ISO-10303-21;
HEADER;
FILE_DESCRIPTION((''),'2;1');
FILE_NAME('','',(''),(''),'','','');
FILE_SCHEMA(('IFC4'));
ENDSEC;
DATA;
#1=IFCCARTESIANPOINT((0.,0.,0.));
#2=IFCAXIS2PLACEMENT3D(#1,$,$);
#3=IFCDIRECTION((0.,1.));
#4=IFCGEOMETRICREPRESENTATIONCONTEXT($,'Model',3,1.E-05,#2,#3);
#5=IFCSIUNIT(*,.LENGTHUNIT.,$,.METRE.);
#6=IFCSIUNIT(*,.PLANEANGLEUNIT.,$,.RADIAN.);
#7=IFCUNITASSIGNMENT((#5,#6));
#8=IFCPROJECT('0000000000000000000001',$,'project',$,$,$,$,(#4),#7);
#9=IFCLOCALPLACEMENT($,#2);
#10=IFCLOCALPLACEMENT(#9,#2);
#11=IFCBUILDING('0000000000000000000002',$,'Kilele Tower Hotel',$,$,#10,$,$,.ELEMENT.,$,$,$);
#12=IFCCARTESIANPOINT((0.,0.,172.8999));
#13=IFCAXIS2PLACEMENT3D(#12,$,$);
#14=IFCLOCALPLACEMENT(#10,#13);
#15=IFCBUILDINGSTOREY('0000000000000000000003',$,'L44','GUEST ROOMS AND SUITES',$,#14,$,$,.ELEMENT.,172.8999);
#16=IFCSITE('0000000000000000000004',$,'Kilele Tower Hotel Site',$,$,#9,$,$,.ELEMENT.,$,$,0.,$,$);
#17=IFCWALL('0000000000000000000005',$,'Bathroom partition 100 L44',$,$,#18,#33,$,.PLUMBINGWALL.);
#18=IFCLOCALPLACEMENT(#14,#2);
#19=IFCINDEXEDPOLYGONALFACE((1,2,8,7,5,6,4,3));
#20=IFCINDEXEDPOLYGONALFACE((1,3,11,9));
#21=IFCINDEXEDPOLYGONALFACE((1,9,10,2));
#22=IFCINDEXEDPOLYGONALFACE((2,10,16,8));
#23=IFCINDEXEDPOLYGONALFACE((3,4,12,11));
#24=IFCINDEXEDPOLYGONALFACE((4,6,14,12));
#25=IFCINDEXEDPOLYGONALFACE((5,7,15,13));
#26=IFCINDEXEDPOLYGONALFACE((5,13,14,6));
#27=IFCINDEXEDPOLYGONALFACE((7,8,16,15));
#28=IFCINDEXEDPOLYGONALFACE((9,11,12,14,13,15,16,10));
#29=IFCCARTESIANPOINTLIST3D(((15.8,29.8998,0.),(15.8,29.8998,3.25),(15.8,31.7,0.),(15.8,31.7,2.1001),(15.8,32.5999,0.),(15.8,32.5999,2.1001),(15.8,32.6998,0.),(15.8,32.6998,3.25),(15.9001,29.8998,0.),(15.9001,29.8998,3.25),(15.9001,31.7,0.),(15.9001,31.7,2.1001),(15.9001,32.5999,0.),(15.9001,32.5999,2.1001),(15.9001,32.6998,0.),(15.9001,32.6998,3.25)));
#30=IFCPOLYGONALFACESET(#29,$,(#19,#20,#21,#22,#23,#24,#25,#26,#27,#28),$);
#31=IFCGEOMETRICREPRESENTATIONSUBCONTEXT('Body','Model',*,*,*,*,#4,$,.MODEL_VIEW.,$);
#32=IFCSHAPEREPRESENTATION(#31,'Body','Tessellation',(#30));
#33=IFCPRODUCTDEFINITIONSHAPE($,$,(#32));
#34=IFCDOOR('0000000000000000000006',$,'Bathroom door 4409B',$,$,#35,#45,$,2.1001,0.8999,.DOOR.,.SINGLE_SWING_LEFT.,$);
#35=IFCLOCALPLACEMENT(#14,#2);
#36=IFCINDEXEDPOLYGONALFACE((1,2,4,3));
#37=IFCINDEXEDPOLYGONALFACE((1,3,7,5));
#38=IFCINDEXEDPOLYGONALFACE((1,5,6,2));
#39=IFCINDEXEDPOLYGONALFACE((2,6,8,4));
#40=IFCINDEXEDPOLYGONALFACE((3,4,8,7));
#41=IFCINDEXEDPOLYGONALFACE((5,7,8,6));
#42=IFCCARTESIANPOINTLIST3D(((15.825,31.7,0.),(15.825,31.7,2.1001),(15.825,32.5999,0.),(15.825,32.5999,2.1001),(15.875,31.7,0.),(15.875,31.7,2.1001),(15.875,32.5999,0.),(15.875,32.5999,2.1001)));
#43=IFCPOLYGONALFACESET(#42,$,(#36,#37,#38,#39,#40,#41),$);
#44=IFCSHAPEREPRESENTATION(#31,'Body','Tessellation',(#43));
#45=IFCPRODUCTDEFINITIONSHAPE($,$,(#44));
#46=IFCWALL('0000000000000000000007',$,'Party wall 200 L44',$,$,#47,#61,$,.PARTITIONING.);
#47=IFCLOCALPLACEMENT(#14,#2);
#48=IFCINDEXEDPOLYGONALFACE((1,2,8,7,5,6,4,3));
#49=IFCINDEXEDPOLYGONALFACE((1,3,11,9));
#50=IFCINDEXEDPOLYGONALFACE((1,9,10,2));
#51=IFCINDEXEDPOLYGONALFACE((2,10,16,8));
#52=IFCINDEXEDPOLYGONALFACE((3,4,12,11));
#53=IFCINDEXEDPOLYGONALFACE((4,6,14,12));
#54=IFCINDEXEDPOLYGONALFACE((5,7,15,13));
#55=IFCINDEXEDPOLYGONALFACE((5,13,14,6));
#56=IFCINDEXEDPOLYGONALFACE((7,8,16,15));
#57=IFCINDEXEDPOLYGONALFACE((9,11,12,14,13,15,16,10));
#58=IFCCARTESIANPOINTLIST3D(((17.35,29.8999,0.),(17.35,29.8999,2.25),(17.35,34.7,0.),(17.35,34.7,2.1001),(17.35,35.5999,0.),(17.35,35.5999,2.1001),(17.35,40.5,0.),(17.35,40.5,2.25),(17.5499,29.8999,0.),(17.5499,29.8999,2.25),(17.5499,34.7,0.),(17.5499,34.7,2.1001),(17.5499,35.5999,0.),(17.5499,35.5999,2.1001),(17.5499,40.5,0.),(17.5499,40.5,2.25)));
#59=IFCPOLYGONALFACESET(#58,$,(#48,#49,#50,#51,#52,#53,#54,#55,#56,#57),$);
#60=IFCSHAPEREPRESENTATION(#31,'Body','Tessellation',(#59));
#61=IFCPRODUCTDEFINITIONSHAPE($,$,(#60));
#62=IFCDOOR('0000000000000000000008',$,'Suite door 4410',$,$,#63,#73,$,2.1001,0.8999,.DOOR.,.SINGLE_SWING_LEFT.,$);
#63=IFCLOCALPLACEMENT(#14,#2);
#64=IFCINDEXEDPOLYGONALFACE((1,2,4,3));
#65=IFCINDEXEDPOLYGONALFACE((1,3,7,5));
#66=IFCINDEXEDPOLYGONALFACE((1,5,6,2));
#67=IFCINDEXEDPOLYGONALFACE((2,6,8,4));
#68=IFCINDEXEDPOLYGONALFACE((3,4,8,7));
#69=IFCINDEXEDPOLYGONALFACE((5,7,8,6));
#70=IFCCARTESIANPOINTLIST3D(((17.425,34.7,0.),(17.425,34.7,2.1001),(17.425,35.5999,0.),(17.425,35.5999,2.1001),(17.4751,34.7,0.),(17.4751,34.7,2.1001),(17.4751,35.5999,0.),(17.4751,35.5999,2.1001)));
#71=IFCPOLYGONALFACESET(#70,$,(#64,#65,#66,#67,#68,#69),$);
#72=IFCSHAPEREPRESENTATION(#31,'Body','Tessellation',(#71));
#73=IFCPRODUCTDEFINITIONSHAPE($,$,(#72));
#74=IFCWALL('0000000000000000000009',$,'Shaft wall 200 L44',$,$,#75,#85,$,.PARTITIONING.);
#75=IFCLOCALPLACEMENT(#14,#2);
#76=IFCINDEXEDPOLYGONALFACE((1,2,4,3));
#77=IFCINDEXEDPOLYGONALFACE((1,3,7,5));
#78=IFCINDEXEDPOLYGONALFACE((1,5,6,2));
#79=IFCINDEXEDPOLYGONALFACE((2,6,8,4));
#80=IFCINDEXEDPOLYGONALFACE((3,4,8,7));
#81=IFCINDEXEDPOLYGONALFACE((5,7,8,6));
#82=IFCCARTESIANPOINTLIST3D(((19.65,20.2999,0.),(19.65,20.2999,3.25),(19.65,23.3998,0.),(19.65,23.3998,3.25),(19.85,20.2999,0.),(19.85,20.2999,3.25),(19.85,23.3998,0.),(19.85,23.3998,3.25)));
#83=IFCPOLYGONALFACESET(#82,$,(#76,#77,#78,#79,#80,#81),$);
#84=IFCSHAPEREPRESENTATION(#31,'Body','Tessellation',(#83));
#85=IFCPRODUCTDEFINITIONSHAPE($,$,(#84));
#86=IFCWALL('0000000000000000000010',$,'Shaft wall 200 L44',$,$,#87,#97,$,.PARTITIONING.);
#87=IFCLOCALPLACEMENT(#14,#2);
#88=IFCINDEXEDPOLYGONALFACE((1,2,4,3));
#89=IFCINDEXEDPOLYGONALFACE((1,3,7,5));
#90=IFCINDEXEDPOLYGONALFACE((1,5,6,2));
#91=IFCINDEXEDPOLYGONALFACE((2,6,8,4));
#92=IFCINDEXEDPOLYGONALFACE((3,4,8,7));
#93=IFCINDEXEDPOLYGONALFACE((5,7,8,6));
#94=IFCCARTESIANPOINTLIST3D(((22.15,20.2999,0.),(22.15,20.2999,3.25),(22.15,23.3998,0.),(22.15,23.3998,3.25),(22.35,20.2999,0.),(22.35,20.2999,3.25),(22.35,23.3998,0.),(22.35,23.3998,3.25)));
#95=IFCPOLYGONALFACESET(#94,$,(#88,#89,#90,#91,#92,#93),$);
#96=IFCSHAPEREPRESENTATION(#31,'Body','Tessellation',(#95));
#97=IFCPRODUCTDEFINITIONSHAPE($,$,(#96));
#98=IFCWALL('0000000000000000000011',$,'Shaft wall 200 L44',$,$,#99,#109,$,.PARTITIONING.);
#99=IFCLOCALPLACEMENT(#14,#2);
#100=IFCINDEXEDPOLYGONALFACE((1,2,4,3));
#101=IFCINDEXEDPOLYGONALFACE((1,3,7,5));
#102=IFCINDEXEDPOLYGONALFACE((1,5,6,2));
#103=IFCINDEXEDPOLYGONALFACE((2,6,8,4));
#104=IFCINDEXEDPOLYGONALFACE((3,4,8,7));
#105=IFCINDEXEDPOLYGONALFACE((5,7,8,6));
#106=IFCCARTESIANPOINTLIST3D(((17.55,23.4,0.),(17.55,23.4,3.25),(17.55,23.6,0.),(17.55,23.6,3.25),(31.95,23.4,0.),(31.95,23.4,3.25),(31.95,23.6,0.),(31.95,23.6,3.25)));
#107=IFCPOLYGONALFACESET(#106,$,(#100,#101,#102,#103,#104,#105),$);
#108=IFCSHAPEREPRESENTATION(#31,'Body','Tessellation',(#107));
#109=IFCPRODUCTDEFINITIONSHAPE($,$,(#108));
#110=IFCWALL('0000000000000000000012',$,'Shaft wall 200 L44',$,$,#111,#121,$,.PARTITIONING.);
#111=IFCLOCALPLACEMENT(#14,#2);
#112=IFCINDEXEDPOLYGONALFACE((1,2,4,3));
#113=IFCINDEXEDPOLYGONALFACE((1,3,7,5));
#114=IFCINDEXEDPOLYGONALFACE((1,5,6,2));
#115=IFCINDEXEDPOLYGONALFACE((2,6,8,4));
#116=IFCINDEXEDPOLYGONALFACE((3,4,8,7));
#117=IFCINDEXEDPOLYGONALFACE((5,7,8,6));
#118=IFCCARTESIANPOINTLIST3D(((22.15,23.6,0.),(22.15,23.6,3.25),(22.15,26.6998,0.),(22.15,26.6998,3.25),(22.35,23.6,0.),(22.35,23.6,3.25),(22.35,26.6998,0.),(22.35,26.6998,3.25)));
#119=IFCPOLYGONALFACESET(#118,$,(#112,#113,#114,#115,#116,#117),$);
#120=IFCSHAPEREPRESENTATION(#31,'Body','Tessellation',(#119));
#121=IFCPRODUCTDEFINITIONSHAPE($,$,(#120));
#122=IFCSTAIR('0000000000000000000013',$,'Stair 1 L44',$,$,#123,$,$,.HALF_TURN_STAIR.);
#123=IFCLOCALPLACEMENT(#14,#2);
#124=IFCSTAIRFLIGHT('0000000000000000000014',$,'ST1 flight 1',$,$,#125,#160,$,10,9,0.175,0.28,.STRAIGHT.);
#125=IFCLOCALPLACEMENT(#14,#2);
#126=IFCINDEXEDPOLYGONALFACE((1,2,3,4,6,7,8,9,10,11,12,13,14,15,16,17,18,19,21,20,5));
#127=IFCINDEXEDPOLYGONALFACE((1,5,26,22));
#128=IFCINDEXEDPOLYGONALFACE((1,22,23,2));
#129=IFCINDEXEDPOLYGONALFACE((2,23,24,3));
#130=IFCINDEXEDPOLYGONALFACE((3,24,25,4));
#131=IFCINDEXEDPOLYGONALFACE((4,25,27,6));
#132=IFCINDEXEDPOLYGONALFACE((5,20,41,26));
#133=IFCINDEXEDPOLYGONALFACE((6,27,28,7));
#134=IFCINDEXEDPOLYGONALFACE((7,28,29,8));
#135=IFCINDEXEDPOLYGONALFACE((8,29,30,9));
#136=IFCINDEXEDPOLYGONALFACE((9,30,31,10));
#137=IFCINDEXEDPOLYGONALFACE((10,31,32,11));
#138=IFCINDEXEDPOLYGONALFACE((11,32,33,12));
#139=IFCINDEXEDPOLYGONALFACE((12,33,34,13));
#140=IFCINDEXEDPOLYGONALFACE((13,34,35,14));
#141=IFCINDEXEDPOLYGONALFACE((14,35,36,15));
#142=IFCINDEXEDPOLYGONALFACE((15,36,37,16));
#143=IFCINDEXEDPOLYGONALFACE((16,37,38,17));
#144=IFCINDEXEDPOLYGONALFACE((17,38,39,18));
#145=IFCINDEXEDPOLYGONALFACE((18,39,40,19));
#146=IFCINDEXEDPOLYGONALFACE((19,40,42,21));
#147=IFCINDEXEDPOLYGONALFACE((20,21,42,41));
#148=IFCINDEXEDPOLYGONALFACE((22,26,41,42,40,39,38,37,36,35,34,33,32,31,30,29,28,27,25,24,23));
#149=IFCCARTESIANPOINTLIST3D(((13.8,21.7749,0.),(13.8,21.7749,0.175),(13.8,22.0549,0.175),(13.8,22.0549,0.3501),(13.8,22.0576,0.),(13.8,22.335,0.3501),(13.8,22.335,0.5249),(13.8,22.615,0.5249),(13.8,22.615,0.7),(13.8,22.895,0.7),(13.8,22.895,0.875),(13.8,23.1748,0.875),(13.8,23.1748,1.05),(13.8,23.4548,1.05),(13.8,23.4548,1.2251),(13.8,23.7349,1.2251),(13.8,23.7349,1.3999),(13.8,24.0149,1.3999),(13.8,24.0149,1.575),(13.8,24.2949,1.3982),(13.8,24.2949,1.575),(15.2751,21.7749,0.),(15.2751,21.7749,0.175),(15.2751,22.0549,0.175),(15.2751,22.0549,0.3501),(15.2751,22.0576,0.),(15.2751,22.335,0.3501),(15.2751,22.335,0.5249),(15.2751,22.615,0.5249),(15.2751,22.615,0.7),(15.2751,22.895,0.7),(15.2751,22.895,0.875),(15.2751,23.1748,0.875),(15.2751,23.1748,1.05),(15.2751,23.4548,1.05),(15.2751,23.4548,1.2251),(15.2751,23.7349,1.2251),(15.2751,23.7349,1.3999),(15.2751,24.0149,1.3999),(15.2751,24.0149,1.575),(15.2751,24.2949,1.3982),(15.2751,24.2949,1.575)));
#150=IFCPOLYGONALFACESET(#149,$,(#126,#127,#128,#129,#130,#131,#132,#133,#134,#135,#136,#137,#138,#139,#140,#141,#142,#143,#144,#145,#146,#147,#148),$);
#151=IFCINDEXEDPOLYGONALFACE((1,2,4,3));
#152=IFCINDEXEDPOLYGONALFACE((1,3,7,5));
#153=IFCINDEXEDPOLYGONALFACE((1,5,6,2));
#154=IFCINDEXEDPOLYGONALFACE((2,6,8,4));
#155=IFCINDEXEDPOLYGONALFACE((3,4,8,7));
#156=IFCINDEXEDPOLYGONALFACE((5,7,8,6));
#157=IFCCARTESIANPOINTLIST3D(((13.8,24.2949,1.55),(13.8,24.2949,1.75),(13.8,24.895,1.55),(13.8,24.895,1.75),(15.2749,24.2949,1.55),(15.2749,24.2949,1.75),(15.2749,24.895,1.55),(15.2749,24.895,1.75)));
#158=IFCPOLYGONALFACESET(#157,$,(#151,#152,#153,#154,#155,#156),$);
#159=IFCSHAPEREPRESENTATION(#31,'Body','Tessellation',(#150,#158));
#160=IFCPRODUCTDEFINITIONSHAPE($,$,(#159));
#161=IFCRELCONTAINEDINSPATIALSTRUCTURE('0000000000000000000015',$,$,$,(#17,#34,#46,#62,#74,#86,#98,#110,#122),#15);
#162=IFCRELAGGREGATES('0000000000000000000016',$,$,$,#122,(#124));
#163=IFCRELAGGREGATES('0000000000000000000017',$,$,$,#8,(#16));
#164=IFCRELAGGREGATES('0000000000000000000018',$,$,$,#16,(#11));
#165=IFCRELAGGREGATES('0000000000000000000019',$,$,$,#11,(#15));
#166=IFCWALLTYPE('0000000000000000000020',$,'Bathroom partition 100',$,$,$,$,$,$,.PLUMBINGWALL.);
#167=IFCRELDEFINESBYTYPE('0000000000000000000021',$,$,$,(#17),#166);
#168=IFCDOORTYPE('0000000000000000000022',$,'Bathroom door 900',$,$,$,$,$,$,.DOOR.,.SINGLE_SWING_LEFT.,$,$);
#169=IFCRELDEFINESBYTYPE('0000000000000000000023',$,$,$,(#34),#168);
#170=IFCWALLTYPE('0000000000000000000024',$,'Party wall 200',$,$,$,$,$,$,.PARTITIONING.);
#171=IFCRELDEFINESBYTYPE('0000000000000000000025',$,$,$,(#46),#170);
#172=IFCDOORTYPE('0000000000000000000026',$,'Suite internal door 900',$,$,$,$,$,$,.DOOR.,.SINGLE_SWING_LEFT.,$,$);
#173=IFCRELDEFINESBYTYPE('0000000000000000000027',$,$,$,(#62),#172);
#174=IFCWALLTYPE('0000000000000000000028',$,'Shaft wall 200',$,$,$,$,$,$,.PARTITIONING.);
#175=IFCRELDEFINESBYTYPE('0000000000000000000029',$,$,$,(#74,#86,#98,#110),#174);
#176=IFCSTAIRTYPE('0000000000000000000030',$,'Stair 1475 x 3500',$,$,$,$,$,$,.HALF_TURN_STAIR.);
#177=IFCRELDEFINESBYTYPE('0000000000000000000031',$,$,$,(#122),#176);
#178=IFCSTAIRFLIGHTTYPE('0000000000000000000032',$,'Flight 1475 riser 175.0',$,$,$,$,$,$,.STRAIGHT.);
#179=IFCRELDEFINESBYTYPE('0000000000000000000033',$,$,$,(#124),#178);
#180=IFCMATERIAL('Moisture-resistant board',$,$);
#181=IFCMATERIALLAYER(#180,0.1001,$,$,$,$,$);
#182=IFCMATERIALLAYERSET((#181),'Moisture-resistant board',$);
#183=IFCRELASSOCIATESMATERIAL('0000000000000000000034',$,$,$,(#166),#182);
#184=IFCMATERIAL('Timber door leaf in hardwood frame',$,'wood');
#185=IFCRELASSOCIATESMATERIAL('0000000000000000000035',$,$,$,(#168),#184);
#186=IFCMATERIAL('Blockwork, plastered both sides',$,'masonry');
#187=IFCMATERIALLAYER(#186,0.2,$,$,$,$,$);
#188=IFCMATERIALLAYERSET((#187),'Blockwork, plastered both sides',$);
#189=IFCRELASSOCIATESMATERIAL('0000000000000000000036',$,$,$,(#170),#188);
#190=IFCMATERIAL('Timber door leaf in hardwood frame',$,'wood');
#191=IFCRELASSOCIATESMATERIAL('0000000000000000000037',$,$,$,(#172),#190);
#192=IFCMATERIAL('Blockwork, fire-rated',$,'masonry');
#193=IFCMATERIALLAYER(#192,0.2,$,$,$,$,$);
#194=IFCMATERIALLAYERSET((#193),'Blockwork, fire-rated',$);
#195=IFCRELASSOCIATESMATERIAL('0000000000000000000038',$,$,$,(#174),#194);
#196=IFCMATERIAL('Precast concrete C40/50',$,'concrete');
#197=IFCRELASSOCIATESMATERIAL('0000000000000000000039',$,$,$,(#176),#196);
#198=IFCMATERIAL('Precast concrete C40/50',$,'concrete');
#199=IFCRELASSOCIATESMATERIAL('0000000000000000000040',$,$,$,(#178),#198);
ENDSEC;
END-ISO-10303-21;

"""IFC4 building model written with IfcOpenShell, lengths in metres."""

from ifc_helpers import new_model, si_unit, direction, frame, frame_2d, origin, place, context, subcontext, project, spatial, polyline, rectangle, outline, extrude, material, layer, layer_set, type_object, element, fill, aggregate, save


model = new_model("IFC4")

# Units and contexts
model_context = context("Model", 3, precision=1e-05, world=origin(), true_north=direction((0.0, 1.0)))
body_context = subcontext(model_context, "Body", "Model", "MODEL_VIEW")
ifc_project = project(units=[si_unit("LENGTHUNIT", "METRE"), si_unit("PLANEANGLEUNIT", "RADIAN")], contexts=[model_context])

# Site, building, storey
site_placement = place(None, origin())
site = spatial("IfcSite", under=ifc_project, at=site_placement, Name="Kilele Tower Hotel Site", CompositionType="ELEMENT", RefElevation=0.0)
building_placement = place(site_placement, origin())
building = spatial("IfcBuilding", under=site, at=building_placement, Name="Kilele Tower Hotel", CompositionType="ELEMENT")
storey_placement = place(building_placement, frame((0.0, 0.0, 172.8999)))
storey = spatial("IfcBuildingStorey", under=building, at=storey_placement, Name="L44", Description="GUEST ROOMS AND SUITES", CompositionType="ELEMENT", Elevation=172.8999)

# Walls, openings, doors
ifc_material_1 = material(Name="Moisture-resistant board")
ifc_layer_1 = layer(ifc_material_1, 0.1001)
ifc_layer_set_1 = layer_set([ifc_layer_1], Name="Moisture-resistant board")
wall_type_1 = type_object("IfcWallType", Name="Bathroom partition 100", PredefinedType="PLUMBINGWALL", material=ifc_layer_set_1)
wall_1_placement = place(storey_placement, frame((15.8501, 29.8999, 0.0), z_axis=(0.0, 0.0, 1.0), x_axis=(0.0, 1.0, 0.0)))
wall_1 = element("IfcWall", 1, at=wall_1_placement, inside=storey, type_object=wall_type_1, Name="Bathroom partition 100 L44", PredefinedType="PLUMBINGWALL", context=body_context, shape_type="SweptSolid", body=[
    extrude(rectangle(XDim=2.8, YDim=0.1001, at=frame_2d((1.3999, 0.0))), origin(), (0.0, 0.0, 1.0), 3.25),
])
opening_1_placement = place(wall_1_placement, frame((2.7, 0.0, 0.0), z_axis=(0.0, 0.0, 1.0), x_axis=(-1.0, 0.0, 0.0)))
opening_1 = element("IfcOpeningElement", 2, at=opening_1_placement, cuts=wall_1, PredefinedType="OPENING", context=body_context, shape_type="SweptSolid", body=[
    extrude(rectangle(XDim=0.8999, YDim=2.1001, at=frame_2d((0.45, 1.05))), frame((0.0, 0.0601, 0.0), z_axis=(0.0, -1.0, 0.0), x_axis=(1.0, 0.0, 0.0)), (0.0, 0.0, 1.0), 0.1201),
])
ifc_material_2 = material(Name="Timber door leaf in hardwood frame", Category="wood")
door_type_1 = type_object("IfcDoorType", Name="Bathroom door 900", OperationType="SINGLE_SWING_LEFT", PredefinedType="DOOR", material=ifc_material_2)
door_1_placement = place(opening_1_placement, origin())
door_1 = element("IfcDoor", 3, at=door_1_placement, inside=storey, type_object=door_type_1, Name="Bathroom door 4409B", OperationType="SINGLE_SWING_LEFT", OverallHeight=2.1001, OverallWidth=0.8999, PredefinedType="DOOR", context=body_context, shape_type="SweptSolid", body=[
    extrude(rectangle(XDim=0.8999, YDim=2.1001, at=frame_2d((0.45, 1.05))), frame((0.0, 0.0249, 0.0), z_axis=(0.0, -1.0, 0.0), x_axis=(1.0, 0.0, 0.0)), (0.0, 0.0, 1.0), 0.05),
])
fill(opening_1, door_1)
ifc_material_3 = material(Name="Blockwork, plastered both sides", Category="masonry")
ifc_layer_2 = layer(ifc_material_3, 0.2)
ifc_layer_set_2 = layer_set([ifc_layer_2], Name="Blockwork, plastered both sides")
wall_type_2 = type_object("IfcWallType", Name="Party wall 200", PredefinedType="PARTITIONING", material=ifc_layer_set_2)
wall_2_placement = place(storey_placement, frame((17.45, 29.8999, 0.0), z_axis=(0.0, 0.0, 1.0), x_axis=(0.0, 1.0, 0.0)))
wall_2 = element("IfcWall", 4, at=wall_2_placement, inside=storey, type_object=wall_type_2, Name="Party wall 200 L44", PredefinedType="PARTITIONING", context=body_context, shape_type="SweptSolid", body=[
    extrude(rectangle(XDim=10.6001, YDim=0.2, at=frame_2d((5.3, 0.0))), origin(), (0.0, 0.0, 1.0), 2.25),
])
opening_2_placement = place(wall_2_placement, frame((4.8, 0.0, 0.0)))
opening_2 = element("IfcOpeningElement", 5, at=opening_2_placement, cuts=wall_2, PredefinedType="OPENING", context=body_context, shape_type="SweptSolid", body=[
    extrude(rectangle(XDim=0.8999, YDim=2.1001, at=frame_2d((0.45, 1.05))), frame((0.0, 0.1099, 0.0), z_axis=(0.0, -1.0, 0.0), x_axis=(1.0, 0.0, 0.0)), (0.0, 0.0, 1.0), 0.22),
])
ifc_material_4 = material(Name="Timber door leaf in hardwood frame", Category="wood")
door_type_2 = type_object("IfcDoorType", Name="Suite internal door 900", OperationType="SINGLE_SWING_LEFT", PredefinedType="DOOR", material=ifc_material_4)
door_2_placement = place(opening_2_placement, origin())
door_2 = element("IfcDoor", 6, at=door_2_placement, inside=storey, type_object=door_type_2, Name="Suite door 4410", OperationType="SINGLE_SWING_LEFT", OverallHeight=2.1001, OverallWidth=0.8999, PredefinedType="DOOR", context=body_context, shape_type="SweptSolid", body=[
    extrude(rectangle(XDim=0.8999, YDim=2.1001, at=frame_2d((0.45, 1.05))), frame((0.0, 0.0249, 0.0), z_axis=(0.0, -1.0, 0.0), x_axis=(1.0, 0.0, 0.0)), (0.0, 0.0, 1.0), 0.05),
])
fill(opening_2, door_2)

# Walls
ifc_material_5 = material(Name="Blockwork, fire-rated", Category="masonry")
ifc_layer_3 = layer(ifc_material_5, 0.2)
ifc_layer_set_3 = layer_set([ifc_layer_3], Name="Blockwork, fire-rated")
wall_type_3 = type_object("IfcWallType", Name="Shaft wall 200", PredefinedType="PARTITIONING", material=ifc_layer_set_3)
for number, where, z_axis, x_axis, name in (
    (7, (19.75, 20.3, 0.0), (0.0, 0.0, 1.0), (0.0, 1.0, 0.0), "Shaft wall 200 L44"),
    (8, (22.25, 20.3, 0.0), (0.0, 0.0, 1.0), (0.0, 1.0, 0.0), "Shaft wall 200 L44"),
):
    element("IfcWall", number, at=place(storey_placement, frame(where, z_axis=z_axis, x_axis=x_axis)), inside=storey, type_object=wall_type_3, Name=name, PredefinedType="PARTITIONING", context=body_context, shape_type="SweptSolid", body=[
        extrude(rectangle(XDim=3.0999, YDim=0.2, at=frame_2d((1.5498, 0.0))), origin(), (0.0, 0.0, 1.0), 3.25),
    ])
wall_3_placement = place(storey_placement, frame((17.55, 23.5, 0.0), z_axis=(0.0, 0.0, 1.0), x_axis=(1.0, 0.0, 0.0)))
element("IfcWall", 9, at=wall_3_placement, inside=storey, type_object=wall_type_3, Name="Shaft wall 200 L44", PredefinedType="PARTITIONING", context=body_context, shape_type="SweptSolid", body=[
    extrude(rectangle(XDim=14.3999, YDim=0.2, at=frame_2d((7.2, 0.0))), origin(), (0.0, 0.0, 1.0), 3.25),
])
wall_4_placement = place(storey_placement, frame((22.25, 23.6001, 0.0), z_axis=(0.0, 0.0, 1.0), x_axis=(0.0, 1.0, 0.0)))
element("IfcWall", 10, at=wall_4_placement, inside=storey, type_object=wall_type_3, Name="Shaft wall 200 L44", PredefinedType="PARTITIONING", context=body_context, shape_type="SweptSolid", body=[
    extrude(rectangle(XDim=3.0999, YDim=0.2, at=frame_2d((1.5498, 0.0))), origin(), (0.0, 0.0, 1.0), 3.25),
])

# Stair, stair flight
ifc_material_6 = material(Name="Precast concrete C40/50", Category="concrete")
stair_type = type_object("IfcStairType", Name="Stair 1475 x 3500", PredefinedType="HALF_TURN_STAIR", material=ifc_material_6)
stair_placement = place(storey_placement, origin())
stair = element("IfcStair", 11, at=stair_placement, inside=storey, type_object=stair_type, Name="Stair 1 L44", PredefinedType="HALF_TURN_STAIR")
ifc_material_7 = material(Name="Precast concrete C40/50", Category="concrete")
stair_flight_type = type_object("IfcStairFlightType", Name="Flight 1475 riser 175.0", PredefinedType="STRAIGHT", material=ifc_material_7)
stair_flight_1_placement = place(storey_placement, frame((14.5376, 21.7749, 0.0), z_axis=(0.0, 0.0, 1.0), x_axis=(0.0, 1.0, 0.0)))
stair_flight_1 = element("IfcStairFlight", 12, at=stair_flight_1_placement, type_object=stair_flight_type, Name="ST1 flight 1", NumberOfRisers=10, NumberOfTreads=9, PredefinedType="STRAIGHT", RiserHeight=0.175, TreadLength=0.28, context=body_context, shape_type="SweptSolid", body=[
    extrude(outline(polyline([(0.0, 0.0), (0.0, 0.175), (0.28, 0.175), (0.28, 0.3501), (0.5601, 0.3501), (0.5601, 0.5249), (0.8401, 0.5249), (0.8401, 0.7), (1.1201, 0.7), (1.1201, 0.875), (1.3999, 0.875), (1.3999, 1.05), (1.6799, 1.05), (1.6799, 1.2251), (1.96, 1.2251), (1.96, 1.3999), (2.24, 1.3999), (2.24, 1.575), (2.52, 1.575), (2.52, 1.75), (2.52, 1.3982), (0.2827, 0.0), (0.0, 0.0)])), frame((0.0, 0.7375, 0.0), z_axis=(0.0, -1.0, 0.0), x_axis=(1.0, 0.0, 0.0)), (0.0, 0.0, 1.0), 1.4751),
    extrude(outline(polyline([(2.52, 0.7375), (2.52, -0.7373), (3.1201, -0.7373), (3.1201, 0.7375), (2.52, 0.7375)])), frame((0.0, 0.0, 1.55)), (0.0, 0.0, 1.0), 0.2),
])
aggregate(stair, [stair_flight_1])

save(model, "model.ifc")
